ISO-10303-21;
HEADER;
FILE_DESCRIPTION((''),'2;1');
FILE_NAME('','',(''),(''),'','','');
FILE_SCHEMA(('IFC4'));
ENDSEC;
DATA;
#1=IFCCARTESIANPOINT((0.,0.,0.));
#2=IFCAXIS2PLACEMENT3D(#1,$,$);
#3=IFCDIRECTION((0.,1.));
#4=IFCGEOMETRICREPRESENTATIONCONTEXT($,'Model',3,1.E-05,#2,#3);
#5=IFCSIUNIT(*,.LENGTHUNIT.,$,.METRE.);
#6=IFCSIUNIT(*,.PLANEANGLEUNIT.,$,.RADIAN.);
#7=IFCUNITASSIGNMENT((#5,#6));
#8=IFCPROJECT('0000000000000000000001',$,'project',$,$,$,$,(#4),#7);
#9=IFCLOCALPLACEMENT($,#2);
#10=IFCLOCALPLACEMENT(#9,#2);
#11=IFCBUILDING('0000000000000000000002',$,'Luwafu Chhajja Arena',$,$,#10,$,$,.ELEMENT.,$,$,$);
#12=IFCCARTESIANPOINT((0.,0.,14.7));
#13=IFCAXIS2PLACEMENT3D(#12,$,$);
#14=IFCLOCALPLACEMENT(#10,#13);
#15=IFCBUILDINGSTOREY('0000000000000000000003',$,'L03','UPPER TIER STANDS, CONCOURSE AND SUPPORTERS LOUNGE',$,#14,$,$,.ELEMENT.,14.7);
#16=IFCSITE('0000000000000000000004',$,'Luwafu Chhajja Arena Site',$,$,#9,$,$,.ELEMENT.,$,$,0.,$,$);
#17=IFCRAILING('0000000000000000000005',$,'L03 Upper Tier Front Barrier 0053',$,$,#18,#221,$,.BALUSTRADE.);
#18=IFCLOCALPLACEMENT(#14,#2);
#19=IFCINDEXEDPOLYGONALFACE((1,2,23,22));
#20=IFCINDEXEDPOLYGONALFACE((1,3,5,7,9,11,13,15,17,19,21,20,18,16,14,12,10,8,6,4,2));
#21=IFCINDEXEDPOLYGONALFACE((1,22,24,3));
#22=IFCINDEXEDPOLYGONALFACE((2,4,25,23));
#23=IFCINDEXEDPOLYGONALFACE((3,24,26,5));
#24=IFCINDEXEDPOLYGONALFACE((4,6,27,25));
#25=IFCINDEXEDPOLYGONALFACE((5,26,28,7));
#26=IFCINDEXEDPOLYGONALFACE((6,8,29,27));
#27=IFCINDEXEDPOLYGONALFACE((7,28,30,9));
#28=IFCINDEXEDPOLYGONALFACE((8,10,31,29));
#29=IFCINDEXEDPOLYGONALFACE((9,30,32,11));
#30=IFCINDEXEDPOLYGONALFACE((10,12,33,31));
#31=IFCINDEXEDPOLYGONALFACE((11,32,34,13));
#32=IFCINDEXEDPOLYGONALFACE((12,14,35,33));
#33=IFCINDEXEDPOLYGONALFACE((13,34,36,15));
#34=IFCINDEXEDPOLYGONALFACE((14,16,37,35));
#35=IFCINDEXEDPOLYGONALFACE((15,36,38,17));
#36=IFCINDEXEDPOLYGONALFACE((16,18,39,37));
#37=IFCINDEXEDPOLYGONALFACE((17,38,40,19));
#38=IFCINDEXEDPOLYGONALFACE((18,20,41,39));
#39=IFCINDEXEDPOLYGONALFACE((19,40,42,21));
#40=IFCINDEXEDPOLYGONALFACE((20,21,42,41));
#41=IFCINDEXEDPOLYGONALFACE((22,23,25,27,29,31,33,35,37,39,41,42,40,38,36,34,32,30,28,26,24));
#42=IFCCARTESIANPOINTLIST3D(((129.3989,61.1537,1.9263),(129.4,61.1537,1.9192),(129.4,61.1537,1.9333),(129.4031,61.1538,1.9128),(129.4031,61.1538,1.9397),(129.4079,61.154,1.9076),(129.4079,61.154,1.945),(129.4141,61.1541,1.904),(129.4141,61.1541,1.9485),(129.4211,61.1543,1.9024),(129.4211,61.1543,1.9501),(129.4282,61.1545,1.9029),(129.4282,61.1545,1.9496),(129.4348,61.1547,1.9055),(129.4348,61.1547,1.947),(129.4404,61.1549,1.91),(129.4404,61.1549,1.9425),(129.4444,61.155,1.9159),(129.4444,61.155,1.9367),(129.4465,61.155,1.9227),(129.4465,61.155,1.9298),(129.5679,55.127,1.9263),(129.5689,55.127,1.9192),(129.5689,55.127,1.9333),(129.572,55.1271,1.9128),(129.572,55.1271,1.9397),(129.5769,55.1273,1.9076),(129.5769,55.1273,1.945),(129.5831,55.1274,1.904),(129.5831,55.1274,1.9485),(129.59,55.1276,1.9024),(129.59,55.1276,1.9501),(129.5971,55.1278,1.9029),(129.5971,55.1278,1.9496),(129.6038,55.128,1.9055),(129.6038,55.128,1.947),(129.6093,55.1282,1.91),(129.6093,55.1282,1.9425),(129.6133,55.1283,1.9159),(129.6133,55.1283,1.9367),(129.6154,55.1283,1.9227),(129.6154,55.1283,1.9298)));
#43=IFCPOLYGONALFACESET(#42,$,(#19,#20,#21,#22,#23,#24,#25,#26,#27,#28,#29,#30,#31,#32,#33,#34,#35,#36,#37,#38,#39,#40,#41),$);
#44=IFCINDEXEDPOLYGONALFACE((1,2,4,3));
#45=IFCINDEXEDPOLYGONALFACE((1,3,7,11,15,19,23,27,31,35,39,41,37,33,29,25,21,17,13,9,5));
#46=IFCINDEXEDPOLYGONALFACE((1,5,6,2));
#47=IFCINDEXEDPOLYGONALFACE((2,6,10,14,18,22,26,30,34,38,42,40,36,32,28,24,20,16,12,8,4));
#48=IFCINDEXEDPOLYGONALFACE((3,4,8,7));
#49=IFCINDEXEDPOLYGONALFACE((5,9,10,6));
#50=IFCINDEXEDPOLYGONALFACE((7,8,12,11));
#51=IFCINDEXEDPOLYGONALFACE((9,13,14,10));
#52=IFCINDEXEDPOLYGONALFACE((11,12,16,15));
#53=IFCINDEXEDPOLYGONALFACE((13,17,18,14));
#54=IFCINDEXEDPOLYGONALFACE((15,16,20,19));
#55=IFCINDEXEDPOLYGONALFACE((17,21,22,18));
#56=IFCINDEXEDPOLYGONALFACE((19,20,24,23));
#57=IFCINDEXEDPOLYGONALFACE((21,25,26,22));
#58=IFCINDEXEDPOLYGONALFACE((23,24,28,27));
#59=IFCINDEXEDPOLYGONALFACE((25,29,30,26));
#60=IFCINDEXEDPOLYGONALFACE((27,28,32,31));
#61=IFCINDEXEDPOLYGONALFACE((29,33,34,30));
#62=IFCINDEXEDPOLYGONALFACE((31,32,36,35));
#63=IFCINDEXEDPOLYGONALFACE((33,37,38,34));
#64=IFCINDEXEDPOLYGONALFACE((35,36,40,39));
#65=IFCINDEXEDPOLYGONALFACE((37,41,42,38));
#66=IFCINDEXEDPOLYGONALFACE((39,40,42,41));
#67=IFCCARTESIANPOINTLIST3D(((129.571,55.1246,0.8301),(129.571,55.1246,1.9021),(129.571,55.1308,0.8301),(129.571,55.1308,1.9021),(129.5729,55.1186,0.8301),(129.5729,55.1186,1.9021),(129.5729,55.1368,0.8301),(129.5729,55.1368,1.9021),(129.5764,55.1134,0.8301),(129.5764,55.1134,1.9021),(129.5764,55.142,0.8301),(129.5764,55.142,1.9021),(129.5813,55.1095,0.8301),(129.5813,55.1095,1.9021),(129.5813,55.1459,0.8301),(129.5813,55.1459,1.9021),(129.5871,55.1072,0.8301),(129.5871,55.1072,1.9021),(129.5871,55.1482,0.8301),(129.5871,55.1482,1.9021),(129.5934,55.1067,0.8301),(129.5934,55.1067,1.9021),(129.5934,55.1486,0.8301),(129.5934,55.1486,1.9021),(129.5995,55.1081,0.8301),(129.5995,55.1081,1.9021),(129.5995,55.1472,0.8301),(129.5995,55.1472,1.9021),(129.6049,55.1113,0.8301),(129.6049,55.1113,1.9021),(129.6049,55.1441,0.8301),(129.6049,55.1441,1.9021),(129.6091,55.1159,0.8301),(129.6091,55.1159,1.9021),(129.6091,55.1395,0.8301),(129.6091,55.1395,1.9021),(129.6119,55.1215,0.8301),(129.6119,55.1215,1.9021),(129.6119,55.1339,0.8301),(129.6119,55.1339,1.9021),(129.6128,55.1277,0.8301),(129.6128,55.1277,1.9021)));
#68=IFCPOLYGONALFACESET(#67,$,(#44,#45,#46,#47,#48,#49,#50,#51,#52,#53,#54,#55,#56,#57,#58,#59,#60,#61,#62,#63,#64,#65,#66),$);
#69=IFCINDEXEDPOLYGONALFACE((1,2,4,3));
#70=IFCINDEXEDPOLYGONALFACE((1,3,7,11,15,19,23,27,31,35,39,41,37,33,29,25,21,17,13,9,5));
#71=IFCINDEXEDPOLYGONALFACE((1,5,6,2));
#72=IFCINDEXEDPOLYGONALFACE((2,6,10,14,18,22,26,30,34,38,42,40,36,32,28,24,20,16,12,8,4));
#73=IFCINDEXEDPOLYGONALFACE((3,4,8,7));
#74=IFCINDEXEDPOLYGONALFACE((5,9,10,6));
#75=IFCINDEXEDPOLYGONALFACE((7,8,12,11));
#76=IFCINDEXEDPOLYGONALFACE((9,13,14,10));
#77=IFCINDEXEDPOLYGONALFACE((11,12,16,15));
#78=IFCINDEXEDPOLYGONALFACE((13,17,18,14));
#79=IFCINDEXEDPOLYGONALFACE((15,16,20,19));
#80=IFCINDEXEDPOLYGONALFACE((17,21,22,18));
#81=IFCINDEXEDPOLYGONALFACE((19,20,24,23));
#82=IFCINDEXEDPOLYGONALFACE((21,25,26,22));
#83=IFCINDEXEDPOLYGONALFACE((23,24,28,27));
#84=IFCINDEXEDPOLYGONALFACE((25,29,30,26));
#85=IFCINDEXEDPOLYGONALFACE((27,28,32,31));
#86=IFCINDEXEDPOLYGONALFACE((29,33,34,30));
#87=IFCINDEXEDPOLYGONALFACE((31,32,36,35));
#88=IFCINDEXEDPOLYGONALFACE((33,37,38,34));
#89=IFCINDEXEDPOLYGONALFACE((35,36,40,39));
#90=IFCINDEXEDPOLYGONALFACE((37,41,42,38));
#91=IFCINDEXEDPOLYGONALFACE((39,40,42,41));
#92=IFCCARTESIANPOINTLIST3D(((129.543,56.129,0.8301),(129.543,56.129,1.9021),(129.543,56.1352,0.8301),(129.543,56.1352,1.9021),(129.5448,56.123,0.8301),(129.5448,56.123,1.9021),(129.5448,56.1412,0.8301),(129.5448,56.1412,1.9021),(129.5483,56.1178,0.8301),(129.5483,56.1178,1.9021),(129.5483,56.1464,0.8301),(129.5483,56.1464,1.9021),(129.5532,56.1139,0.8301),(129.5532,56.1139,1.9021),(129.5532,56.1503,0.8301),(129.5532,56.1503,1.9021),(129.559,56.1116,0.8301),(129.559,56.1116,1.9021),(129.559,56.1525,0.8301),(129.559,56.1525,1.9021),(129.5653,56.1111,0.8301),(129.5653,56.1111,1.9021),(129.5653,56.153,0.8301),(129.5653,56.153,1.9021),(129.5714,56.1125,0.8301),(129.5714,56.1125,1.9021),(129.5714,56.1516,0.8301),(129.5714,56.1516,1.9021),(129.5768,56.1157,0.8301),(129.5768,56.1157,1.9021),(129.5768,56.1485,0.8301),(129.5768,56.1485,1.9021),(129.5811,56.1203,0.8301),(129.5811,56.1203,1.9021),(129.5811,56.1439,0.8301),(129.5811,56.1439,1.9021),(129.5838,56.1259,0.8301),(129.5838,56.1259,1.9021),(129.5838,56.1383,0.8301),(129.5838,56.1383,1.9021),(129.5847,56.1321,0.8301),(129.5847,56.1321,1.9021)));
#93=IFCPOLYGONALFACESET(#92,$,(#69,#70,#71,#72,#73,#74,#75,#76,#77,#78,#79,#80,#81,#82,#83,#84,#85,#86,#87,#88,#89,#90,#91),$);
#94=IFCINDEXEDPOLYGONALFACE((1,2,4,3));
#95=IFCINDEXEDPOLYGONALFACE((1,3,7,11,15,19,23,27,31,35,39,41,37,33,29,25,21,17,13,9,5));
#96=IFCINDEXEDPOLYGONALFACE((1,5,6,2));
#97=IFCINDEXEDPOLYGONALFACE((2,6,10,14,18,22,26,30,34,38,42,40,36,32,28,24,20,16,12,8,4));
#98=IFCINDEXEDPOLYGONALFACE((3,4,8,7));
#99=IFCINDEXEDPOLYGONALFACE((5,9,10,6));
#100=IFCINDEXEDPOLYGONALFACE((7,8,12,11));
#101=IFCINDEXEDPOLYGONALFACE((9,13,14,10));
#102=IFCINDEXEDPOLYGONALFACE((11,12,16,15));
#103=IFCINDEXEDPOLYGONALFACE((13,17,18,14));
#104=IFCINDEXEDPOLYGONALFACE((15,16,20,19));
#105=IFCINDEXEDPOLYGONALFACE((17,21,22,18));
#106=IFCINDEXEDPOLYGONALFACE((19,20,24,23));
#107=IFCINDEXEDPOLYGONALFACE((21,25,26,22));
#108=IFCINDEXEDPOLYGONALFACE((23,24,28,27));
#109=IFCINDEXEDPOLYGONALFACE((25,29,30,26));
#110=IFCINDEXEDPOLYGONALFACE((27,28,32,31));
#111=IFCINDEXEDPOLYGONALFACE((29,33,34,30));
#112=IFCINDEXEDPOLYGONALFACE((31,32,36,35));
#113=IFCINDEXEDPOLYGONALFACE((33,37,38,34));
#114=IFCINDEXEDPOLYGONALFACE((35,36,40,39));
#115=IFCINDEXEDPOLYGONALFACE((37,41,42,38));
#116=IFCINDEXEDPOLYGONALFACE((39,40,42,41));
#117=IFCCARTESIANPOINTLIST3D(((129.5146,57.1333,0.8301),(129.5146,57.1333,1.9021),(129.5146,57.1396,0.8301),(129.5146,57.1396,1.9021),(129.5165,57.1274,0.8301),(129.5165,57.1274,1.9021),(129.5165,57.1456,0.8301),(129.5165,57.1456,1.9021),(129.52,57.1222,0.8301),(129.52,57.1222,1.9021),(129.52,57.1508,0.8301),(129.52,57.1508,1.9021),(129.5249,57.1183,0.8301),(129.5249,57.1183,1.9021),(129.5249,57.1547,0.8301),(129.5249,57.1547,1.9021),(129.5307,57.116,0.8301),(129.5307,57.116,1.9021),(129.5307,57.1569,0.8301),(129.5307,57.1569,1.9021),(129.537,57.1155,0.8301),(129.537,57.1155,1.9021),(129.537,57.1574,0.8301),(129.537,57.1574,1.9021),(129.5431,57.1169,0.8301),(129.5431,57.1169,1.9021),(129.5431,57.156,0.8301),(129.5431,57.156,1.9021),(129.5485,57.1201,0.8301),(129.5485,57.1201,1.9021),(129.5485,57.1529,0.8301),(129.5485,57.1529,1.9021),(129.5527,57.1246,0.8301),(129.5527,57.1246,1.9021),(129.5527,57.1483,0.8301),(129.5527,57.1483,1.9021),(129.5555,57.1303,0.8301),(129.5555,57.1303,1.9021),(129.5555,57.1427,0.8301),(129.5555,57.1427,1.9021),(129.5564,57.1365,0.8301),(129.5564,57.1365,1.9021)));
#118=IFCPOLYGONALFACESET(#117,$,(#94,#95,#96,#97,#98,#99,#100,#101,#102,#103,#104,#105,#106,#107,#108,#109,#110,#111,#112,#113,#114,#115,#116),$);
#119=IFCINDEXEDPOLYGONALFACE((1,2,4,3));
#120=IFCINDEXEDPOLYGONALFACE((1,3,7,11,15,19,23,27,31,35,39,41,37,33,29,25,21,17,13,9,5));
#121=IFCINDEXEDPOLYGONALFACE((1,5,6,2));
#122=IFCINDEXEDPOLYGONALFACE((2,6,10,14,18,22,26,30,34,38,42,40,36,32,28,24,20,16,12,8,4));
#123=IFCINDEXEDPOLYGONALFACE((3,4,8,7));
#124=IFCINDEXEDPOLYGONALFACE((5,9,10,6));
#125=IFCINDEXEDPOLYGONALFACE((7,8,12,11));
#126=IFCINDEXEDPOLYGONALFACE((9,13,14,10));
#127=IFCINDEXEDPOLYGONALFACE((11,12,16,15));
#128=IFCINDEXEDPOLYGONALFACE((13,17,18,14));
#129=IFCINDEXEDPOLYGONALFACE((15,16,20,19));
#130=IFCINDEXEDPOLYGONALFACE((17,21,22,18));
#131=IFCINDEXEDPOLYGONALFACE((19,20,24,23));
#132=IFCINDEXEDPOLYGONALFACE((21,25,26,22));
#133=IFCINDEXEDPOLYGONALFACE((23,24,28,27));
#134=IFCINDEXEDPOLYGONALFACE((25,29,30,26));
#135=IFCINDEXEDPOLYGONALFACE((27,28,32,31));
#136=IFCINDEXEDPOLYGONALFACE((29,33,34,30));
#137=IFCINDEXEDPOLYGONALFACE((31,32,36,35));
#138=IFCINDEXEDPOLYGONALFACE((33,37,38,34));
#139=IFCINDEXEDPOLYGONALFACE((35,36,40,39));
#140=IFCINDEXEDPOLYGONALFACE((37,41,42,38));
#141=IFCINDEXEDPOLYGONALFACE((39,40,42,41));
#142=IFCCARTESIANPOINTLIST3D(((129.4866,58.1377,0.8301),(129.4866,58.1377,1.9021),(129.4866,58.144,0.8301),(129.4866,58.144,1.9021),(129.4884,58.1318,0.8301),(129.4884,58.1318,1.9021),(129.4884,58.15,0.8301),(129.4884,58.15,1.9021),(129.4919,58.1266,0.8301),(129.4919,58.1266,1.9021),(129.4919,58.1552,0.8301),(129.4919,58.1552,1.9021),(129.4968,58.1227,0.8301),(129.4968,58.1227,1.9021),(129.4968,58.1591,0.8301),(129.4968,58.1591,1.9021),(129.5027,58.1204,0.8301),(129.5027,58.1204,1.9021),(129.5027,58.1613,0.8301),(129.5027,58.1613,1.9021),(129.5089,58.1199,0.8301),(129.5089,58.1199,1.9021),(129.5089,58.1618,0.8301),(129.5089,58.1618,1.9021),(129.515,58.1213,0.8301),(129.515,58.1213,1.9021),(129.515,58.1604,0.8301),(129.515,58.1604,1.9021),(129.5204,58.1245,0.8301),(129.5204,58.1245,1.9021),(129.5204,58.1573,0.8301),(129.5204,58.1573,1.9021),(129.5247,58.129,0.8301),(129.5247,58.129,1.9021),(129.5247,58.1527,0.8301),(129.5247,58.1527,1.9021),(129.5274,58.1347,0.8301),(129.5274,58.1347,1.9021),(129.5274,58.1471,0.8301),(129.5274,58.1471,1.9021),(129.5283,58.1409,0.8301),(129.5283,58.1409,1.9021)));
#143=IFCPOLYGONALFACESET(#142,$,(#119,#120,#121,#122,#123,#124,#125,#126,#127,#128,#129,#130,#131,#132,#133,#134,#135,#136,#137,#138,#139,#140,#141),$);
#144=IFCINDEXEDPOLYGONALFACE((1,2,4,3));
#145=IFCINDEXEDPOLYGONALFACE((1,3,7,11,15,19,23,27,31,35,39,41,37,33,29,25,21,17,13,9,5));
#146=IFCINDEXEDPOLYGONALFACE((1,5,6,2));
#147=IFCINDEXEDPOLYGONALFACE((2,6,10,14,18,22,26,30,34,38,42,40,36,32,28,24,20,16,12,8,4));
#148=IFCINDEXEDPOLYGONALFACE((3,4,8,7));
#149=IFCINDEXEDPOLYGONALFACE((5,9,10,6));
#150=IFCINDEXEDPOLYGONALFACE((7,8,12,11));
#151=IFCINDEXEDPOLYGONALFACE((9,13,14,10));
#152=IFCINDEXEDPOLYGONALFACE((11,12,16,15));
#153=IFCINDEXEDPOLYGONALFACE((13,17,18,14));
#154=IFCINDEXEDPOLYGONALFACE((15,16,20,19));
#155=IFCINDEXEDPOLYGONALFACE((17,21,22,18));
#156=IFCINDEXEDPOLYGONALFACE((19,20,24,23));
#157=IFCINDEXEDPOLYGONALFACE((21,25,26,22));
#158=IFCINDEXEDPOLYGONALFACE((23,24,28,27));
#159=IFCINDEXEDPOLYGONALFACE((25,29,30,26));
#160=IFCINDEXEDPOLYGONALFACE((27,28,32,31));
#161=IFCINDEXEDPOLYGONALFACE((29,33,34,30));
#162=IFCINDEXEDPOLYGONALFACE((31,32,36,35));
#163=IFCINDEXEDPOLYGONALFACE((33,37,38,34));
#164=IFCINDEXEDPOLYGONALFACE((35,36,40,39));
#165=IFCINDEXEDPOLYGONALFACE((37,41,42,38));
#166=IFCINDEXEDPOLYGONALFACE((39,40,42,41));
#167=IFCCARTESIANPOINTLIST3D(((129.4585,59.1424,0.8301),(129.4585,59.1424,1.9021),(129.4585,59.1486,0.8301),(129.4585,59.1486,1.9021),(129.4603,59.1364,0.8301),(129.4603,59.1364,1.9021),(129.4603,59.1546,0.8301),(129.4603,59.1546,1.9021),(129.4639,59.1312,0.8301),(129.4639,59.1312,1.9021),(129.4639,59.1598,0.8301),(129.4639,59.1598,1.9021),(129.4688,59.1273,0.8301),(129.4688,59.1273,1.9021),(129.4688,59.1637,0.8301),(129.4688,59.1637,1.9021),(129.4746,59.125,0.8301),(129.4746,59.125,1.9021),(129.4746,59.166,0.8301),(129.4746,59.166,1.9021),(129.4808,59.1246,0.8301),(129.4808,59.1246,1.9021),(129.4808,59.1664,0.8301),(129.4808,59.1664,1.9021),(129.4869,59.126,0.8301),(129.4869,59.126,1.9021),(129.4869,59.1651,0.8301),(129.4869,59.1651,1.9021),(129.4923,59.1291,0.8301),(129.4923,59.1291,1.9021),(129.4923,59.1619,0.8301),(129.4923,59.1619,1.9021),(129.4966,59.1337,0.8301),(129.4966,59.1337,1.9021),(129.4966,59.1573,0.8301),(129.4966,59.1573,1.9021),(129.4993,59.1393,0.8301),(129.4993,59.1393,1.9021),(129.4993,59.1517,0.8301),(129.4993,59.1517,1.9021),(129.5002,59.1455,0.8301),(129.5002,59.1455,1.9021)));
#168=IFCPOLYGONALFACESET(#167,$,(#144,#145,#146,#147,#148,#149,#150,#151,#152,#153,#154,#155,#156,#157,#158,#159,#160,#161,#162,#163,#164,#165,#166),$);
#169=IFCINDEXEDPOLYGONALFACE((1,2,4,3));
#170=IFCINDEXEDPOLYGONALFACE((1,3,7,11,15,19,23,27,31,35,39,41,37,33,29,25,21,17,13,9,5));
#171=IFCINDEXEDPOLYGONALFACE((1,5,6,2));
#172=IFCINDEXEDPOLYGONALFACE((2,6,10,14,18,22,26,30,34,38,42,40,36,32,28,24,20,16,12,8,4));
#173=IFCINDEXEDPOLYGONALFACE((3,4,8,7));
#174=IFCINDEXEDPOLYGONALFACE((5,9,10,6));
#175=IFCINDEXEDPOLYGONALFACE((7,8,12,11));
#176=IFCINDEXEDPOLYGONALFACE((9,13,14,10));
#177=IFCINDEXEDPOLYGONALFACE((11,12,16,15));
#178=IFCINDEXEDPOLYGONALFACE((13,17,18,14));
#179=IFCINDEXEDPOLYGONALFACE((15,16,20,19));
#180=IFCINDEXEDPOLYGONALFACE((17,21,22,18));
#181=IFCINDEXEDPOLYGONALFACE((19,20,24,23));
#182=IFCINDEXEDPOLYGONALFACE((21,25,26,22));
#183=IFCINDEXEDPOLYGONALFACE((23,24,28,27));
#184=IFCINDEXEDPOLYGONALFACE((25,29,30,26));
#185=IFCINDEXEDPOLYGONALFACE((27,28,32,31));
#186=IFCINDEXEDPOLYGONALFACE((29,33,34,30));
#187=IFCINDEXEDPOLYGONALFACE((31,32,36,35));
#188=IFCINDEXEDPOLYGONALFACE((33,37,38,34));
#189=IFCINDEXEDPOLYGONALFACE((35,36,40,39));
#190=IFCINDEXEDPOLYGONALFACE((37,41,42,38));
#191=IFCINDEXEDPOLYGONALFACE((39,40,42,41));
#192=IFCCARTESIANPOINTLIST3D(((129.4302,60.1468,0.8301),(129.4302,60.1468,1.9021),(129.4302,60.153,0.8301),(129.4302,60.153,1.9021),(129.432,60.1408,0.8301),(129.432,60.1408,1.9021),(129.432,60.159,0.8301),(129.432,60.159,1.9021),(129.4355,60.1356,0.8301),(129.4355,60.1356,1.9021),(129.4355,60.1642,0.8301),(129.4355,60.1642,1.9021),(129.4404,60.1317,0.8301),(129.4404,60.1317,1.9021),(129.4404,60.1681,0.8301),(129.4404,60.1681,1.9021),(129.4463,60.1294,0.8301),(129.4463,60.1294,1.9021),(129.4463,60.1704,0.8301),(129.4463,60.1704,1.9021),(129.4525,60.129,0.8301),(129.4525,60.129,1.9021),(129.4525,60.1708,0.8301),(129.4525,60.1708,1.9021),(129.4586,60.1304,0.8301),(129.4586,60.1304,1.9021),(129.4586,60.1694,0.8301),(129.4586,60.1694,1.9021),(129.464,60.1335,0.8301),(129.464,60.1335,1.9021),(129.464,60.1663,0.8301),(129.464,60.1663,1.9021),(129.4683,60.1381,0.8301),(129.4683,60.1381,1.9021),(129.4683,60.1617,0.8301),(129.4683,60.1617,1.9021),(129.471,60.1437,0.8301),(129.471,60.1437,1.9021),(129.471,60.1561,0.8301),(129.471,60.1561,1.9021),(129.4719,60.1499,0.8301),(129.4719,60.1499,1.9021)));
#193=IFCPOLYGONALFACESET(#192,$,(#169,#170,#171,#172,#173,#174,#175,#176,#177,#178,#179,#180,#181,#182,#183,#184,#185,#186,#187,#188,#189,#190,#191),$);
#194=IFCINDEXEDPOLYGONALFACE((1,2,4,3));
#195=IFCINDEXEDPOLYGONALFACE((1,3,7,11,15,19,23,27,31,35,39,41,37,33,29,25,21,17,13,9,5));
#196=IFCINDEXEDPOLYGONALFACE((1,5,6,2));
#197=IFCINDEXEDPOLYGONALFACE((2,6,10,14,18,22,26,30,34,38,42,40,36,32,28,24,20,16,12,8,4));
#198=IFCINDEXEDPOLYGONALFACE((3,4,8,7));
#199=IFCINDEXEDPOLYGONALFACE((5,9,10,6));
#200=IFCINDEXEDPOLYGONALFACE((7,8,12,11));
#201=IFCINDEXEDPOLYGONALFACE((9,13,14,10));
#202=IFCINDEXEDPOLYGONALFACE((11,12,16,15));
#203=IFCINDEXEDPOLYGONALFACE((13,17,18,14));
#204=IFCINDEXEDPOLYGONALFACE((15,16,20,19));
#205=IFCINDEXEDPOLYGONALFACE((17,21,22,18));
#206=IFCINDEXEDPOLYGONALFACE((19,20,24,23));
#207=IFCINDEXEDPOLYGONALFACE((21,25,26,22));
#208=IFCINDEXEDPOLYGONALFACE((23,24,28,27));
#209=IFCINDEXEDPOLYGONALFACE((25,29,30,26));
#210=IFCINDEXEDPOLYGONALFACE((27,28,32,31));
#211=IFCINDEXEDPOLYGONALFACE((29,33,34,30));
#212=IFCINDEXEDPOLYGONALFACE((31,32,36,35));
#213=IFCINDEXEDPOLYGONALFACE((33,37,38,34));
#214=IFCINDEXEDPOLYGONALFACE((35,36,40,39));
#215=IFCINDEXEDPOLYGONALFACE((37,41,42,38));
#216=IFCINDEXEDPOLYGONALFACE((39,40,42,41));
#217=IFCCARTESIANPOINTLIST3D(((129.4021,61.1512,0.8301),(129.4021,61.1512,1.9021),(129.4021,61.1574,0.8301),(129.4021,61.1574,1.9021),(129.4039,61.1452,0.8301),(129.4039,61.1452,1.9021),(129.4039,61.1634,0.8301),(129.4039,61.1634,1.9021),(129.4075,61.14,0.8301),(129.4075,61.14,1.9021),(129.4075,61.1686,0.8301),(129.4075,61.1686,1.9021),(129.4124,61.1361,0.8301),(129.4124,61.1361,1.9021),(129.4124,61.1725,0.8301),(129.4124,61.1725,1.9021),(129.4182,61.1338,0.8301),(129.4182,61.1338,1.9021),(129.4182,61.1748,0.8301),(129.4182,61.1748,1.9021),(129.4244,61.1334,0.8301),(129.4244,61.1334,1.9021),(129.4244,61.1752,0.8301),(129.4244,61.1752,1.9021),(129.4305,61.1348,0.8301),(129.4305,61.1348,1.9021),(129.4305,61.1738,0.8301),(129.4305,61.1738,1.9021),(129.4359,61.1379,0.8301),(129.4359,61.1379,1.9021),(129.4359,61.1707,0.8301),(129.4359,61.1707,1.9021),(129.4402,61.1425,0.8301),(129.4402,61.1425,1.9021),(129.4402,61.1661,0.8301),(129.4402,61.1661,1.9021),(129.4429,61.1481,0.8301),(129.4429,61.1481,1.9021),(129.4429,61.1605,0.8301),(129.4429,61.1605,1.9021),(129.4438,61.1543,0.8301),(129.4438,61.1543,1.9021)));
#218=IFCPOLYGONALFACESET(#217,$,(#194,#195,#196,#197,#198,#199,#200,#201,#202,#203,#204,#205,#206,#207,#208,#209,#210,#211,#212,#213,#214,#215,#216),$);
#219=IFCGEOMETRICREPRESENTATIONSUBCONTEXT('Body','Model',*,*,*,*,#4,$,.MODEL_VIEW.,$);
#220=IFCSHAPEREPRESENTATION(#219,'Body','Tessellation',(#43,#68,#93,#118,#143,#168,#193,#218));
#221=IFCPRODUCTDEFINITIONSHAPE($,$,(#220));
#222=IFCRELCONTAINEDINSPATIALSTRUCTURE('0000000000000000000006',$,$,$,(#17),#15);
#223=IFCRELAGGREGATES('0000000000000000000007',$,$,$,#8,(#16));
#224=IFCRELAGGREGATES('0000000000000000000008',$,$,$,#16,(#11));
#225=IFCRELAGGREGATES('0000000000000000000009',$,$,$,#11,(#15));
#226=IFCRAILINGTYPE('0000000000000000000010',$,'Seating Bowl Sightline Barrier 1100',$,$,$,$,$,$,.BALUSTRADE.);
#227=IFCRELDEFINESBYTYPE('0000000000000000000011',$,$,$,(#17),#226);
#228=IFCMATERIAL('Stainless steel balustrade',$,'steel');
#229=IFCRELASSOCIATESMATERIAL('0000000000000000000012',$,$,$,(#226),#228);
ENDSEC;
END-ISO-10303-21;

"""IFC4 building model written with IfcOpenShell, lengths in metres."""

from ifc_helpers import new_model, si_unit, direction, frame, origin, origin_2d, place, context, subcontext, project, spatial, circle, extrude, material, type_object, element, save


model = new_model("IFC4")

# Units and contexts
model_context = context("Model", 3, precision=1e-05, world=origin(), true_north=direction((0.0, 1.0)))
body_context = subcontext(model_context, "Body", "Model", "MODEL_VIEW")
ifc_project = project(units=[si_unit("LENGTHUNIT", "METRE"), si_unit("PLANEANGLEUNIT", "RADIAN")], contexts=[model_context])

# Site, building, storey
site_placement = place(None, origin())
site = spatial("IfcSite", under=ifc_project, at=site_placement, Name="Luwafu Chhajja Arena Site", CompositionType="ELEMENT", RefElevation=0.0)
building_placement = place(site_placement, origin())
building = spatial("IfcBuilding", under=site, at=building_placement, Name="Luwafu Chhajja Arena", CompositionType="ELEMENT")
storey_placement = place(building_placement, frame((0.0, 0.0, 14.7)))
storey = spatial("IfcBuildingStorey", under=building, at=storey_placement, Name="L03", Description="UPPER TIER STANDS, CONCOURSE AND SUPPORTERS LOUNGE", CompositionType="ELEMENT", Elevation=14.7)

# Railing
ifc_material_1 = material(Name="Stainless steel balustrade", Category="steel")
railing_type = type_object("IfcRailingType", Name="Seating Bowl Sightline Barrier 1100", PredefinedType="BALUSTRADE", material=ifc_material_1)
railing_1_placement = place(storey_placement, frame((129.5918, 55.1277, 0.8301)))
element("IfcRailing", 1, at=railing_1_placement, inside=storey, type_object=railing_type, Name="L03 Upper Tier Front Barrier 0053", PredefinedType="BALUSTRADE", context=body_context, shape_type="SweptSolid", body=[
    extrude(circle(Radius=0.0239, at=origin_2d()), frame((0.0, 0.0, 1.0962), z_axis=(-0.028022, 0.999607, 0.0), x_axis=(-0.999607, -0.028022, 0.0)), (0.0, 0.0, 1.0), 6.0291),
    extrude(circle(Radius=0.021, at=origin_2d()), origin(), (0.0, 0.0, 1.0), 1.072),
    extrude(circle(Radius=0.021, at=origin_2d()), frame((-0.0281, 1.0044, 0.0)), (0.0, 0.0, 1.0), 1.072),
    extrude(circle(Radius=0.021, at=origin_2d()), frame((-0.0564, 2.0088, 0.0)), (0.0, 0.0, 1.0), 1.072),
    extrude(circle(Radius=0.021, at=origin_2d()), frame((-0.0845, 3.0132, 0.0)), (0.0, 0.0, 1.0), 1.072),
    extrude(circle(Radius=0.021, at=origin_2d()), frame((-0.1125, 4.0178, 0.0)), (0.0, 0.0, 1.0), 1.072),
    extrude(circle(Radius=0.021, at=origin_2d()), frame((-0.1409, 5.0222, 0.0)), (0.0, 0.0, 1.0), 1.072),
    extrude(circle(Radius=0.021, at=origin_2d()), frame((-0.1689, 6.0266, 0.0)), (0.0, 0.0, 1.0), 1.072),
])

save(model, "model.ifc")
